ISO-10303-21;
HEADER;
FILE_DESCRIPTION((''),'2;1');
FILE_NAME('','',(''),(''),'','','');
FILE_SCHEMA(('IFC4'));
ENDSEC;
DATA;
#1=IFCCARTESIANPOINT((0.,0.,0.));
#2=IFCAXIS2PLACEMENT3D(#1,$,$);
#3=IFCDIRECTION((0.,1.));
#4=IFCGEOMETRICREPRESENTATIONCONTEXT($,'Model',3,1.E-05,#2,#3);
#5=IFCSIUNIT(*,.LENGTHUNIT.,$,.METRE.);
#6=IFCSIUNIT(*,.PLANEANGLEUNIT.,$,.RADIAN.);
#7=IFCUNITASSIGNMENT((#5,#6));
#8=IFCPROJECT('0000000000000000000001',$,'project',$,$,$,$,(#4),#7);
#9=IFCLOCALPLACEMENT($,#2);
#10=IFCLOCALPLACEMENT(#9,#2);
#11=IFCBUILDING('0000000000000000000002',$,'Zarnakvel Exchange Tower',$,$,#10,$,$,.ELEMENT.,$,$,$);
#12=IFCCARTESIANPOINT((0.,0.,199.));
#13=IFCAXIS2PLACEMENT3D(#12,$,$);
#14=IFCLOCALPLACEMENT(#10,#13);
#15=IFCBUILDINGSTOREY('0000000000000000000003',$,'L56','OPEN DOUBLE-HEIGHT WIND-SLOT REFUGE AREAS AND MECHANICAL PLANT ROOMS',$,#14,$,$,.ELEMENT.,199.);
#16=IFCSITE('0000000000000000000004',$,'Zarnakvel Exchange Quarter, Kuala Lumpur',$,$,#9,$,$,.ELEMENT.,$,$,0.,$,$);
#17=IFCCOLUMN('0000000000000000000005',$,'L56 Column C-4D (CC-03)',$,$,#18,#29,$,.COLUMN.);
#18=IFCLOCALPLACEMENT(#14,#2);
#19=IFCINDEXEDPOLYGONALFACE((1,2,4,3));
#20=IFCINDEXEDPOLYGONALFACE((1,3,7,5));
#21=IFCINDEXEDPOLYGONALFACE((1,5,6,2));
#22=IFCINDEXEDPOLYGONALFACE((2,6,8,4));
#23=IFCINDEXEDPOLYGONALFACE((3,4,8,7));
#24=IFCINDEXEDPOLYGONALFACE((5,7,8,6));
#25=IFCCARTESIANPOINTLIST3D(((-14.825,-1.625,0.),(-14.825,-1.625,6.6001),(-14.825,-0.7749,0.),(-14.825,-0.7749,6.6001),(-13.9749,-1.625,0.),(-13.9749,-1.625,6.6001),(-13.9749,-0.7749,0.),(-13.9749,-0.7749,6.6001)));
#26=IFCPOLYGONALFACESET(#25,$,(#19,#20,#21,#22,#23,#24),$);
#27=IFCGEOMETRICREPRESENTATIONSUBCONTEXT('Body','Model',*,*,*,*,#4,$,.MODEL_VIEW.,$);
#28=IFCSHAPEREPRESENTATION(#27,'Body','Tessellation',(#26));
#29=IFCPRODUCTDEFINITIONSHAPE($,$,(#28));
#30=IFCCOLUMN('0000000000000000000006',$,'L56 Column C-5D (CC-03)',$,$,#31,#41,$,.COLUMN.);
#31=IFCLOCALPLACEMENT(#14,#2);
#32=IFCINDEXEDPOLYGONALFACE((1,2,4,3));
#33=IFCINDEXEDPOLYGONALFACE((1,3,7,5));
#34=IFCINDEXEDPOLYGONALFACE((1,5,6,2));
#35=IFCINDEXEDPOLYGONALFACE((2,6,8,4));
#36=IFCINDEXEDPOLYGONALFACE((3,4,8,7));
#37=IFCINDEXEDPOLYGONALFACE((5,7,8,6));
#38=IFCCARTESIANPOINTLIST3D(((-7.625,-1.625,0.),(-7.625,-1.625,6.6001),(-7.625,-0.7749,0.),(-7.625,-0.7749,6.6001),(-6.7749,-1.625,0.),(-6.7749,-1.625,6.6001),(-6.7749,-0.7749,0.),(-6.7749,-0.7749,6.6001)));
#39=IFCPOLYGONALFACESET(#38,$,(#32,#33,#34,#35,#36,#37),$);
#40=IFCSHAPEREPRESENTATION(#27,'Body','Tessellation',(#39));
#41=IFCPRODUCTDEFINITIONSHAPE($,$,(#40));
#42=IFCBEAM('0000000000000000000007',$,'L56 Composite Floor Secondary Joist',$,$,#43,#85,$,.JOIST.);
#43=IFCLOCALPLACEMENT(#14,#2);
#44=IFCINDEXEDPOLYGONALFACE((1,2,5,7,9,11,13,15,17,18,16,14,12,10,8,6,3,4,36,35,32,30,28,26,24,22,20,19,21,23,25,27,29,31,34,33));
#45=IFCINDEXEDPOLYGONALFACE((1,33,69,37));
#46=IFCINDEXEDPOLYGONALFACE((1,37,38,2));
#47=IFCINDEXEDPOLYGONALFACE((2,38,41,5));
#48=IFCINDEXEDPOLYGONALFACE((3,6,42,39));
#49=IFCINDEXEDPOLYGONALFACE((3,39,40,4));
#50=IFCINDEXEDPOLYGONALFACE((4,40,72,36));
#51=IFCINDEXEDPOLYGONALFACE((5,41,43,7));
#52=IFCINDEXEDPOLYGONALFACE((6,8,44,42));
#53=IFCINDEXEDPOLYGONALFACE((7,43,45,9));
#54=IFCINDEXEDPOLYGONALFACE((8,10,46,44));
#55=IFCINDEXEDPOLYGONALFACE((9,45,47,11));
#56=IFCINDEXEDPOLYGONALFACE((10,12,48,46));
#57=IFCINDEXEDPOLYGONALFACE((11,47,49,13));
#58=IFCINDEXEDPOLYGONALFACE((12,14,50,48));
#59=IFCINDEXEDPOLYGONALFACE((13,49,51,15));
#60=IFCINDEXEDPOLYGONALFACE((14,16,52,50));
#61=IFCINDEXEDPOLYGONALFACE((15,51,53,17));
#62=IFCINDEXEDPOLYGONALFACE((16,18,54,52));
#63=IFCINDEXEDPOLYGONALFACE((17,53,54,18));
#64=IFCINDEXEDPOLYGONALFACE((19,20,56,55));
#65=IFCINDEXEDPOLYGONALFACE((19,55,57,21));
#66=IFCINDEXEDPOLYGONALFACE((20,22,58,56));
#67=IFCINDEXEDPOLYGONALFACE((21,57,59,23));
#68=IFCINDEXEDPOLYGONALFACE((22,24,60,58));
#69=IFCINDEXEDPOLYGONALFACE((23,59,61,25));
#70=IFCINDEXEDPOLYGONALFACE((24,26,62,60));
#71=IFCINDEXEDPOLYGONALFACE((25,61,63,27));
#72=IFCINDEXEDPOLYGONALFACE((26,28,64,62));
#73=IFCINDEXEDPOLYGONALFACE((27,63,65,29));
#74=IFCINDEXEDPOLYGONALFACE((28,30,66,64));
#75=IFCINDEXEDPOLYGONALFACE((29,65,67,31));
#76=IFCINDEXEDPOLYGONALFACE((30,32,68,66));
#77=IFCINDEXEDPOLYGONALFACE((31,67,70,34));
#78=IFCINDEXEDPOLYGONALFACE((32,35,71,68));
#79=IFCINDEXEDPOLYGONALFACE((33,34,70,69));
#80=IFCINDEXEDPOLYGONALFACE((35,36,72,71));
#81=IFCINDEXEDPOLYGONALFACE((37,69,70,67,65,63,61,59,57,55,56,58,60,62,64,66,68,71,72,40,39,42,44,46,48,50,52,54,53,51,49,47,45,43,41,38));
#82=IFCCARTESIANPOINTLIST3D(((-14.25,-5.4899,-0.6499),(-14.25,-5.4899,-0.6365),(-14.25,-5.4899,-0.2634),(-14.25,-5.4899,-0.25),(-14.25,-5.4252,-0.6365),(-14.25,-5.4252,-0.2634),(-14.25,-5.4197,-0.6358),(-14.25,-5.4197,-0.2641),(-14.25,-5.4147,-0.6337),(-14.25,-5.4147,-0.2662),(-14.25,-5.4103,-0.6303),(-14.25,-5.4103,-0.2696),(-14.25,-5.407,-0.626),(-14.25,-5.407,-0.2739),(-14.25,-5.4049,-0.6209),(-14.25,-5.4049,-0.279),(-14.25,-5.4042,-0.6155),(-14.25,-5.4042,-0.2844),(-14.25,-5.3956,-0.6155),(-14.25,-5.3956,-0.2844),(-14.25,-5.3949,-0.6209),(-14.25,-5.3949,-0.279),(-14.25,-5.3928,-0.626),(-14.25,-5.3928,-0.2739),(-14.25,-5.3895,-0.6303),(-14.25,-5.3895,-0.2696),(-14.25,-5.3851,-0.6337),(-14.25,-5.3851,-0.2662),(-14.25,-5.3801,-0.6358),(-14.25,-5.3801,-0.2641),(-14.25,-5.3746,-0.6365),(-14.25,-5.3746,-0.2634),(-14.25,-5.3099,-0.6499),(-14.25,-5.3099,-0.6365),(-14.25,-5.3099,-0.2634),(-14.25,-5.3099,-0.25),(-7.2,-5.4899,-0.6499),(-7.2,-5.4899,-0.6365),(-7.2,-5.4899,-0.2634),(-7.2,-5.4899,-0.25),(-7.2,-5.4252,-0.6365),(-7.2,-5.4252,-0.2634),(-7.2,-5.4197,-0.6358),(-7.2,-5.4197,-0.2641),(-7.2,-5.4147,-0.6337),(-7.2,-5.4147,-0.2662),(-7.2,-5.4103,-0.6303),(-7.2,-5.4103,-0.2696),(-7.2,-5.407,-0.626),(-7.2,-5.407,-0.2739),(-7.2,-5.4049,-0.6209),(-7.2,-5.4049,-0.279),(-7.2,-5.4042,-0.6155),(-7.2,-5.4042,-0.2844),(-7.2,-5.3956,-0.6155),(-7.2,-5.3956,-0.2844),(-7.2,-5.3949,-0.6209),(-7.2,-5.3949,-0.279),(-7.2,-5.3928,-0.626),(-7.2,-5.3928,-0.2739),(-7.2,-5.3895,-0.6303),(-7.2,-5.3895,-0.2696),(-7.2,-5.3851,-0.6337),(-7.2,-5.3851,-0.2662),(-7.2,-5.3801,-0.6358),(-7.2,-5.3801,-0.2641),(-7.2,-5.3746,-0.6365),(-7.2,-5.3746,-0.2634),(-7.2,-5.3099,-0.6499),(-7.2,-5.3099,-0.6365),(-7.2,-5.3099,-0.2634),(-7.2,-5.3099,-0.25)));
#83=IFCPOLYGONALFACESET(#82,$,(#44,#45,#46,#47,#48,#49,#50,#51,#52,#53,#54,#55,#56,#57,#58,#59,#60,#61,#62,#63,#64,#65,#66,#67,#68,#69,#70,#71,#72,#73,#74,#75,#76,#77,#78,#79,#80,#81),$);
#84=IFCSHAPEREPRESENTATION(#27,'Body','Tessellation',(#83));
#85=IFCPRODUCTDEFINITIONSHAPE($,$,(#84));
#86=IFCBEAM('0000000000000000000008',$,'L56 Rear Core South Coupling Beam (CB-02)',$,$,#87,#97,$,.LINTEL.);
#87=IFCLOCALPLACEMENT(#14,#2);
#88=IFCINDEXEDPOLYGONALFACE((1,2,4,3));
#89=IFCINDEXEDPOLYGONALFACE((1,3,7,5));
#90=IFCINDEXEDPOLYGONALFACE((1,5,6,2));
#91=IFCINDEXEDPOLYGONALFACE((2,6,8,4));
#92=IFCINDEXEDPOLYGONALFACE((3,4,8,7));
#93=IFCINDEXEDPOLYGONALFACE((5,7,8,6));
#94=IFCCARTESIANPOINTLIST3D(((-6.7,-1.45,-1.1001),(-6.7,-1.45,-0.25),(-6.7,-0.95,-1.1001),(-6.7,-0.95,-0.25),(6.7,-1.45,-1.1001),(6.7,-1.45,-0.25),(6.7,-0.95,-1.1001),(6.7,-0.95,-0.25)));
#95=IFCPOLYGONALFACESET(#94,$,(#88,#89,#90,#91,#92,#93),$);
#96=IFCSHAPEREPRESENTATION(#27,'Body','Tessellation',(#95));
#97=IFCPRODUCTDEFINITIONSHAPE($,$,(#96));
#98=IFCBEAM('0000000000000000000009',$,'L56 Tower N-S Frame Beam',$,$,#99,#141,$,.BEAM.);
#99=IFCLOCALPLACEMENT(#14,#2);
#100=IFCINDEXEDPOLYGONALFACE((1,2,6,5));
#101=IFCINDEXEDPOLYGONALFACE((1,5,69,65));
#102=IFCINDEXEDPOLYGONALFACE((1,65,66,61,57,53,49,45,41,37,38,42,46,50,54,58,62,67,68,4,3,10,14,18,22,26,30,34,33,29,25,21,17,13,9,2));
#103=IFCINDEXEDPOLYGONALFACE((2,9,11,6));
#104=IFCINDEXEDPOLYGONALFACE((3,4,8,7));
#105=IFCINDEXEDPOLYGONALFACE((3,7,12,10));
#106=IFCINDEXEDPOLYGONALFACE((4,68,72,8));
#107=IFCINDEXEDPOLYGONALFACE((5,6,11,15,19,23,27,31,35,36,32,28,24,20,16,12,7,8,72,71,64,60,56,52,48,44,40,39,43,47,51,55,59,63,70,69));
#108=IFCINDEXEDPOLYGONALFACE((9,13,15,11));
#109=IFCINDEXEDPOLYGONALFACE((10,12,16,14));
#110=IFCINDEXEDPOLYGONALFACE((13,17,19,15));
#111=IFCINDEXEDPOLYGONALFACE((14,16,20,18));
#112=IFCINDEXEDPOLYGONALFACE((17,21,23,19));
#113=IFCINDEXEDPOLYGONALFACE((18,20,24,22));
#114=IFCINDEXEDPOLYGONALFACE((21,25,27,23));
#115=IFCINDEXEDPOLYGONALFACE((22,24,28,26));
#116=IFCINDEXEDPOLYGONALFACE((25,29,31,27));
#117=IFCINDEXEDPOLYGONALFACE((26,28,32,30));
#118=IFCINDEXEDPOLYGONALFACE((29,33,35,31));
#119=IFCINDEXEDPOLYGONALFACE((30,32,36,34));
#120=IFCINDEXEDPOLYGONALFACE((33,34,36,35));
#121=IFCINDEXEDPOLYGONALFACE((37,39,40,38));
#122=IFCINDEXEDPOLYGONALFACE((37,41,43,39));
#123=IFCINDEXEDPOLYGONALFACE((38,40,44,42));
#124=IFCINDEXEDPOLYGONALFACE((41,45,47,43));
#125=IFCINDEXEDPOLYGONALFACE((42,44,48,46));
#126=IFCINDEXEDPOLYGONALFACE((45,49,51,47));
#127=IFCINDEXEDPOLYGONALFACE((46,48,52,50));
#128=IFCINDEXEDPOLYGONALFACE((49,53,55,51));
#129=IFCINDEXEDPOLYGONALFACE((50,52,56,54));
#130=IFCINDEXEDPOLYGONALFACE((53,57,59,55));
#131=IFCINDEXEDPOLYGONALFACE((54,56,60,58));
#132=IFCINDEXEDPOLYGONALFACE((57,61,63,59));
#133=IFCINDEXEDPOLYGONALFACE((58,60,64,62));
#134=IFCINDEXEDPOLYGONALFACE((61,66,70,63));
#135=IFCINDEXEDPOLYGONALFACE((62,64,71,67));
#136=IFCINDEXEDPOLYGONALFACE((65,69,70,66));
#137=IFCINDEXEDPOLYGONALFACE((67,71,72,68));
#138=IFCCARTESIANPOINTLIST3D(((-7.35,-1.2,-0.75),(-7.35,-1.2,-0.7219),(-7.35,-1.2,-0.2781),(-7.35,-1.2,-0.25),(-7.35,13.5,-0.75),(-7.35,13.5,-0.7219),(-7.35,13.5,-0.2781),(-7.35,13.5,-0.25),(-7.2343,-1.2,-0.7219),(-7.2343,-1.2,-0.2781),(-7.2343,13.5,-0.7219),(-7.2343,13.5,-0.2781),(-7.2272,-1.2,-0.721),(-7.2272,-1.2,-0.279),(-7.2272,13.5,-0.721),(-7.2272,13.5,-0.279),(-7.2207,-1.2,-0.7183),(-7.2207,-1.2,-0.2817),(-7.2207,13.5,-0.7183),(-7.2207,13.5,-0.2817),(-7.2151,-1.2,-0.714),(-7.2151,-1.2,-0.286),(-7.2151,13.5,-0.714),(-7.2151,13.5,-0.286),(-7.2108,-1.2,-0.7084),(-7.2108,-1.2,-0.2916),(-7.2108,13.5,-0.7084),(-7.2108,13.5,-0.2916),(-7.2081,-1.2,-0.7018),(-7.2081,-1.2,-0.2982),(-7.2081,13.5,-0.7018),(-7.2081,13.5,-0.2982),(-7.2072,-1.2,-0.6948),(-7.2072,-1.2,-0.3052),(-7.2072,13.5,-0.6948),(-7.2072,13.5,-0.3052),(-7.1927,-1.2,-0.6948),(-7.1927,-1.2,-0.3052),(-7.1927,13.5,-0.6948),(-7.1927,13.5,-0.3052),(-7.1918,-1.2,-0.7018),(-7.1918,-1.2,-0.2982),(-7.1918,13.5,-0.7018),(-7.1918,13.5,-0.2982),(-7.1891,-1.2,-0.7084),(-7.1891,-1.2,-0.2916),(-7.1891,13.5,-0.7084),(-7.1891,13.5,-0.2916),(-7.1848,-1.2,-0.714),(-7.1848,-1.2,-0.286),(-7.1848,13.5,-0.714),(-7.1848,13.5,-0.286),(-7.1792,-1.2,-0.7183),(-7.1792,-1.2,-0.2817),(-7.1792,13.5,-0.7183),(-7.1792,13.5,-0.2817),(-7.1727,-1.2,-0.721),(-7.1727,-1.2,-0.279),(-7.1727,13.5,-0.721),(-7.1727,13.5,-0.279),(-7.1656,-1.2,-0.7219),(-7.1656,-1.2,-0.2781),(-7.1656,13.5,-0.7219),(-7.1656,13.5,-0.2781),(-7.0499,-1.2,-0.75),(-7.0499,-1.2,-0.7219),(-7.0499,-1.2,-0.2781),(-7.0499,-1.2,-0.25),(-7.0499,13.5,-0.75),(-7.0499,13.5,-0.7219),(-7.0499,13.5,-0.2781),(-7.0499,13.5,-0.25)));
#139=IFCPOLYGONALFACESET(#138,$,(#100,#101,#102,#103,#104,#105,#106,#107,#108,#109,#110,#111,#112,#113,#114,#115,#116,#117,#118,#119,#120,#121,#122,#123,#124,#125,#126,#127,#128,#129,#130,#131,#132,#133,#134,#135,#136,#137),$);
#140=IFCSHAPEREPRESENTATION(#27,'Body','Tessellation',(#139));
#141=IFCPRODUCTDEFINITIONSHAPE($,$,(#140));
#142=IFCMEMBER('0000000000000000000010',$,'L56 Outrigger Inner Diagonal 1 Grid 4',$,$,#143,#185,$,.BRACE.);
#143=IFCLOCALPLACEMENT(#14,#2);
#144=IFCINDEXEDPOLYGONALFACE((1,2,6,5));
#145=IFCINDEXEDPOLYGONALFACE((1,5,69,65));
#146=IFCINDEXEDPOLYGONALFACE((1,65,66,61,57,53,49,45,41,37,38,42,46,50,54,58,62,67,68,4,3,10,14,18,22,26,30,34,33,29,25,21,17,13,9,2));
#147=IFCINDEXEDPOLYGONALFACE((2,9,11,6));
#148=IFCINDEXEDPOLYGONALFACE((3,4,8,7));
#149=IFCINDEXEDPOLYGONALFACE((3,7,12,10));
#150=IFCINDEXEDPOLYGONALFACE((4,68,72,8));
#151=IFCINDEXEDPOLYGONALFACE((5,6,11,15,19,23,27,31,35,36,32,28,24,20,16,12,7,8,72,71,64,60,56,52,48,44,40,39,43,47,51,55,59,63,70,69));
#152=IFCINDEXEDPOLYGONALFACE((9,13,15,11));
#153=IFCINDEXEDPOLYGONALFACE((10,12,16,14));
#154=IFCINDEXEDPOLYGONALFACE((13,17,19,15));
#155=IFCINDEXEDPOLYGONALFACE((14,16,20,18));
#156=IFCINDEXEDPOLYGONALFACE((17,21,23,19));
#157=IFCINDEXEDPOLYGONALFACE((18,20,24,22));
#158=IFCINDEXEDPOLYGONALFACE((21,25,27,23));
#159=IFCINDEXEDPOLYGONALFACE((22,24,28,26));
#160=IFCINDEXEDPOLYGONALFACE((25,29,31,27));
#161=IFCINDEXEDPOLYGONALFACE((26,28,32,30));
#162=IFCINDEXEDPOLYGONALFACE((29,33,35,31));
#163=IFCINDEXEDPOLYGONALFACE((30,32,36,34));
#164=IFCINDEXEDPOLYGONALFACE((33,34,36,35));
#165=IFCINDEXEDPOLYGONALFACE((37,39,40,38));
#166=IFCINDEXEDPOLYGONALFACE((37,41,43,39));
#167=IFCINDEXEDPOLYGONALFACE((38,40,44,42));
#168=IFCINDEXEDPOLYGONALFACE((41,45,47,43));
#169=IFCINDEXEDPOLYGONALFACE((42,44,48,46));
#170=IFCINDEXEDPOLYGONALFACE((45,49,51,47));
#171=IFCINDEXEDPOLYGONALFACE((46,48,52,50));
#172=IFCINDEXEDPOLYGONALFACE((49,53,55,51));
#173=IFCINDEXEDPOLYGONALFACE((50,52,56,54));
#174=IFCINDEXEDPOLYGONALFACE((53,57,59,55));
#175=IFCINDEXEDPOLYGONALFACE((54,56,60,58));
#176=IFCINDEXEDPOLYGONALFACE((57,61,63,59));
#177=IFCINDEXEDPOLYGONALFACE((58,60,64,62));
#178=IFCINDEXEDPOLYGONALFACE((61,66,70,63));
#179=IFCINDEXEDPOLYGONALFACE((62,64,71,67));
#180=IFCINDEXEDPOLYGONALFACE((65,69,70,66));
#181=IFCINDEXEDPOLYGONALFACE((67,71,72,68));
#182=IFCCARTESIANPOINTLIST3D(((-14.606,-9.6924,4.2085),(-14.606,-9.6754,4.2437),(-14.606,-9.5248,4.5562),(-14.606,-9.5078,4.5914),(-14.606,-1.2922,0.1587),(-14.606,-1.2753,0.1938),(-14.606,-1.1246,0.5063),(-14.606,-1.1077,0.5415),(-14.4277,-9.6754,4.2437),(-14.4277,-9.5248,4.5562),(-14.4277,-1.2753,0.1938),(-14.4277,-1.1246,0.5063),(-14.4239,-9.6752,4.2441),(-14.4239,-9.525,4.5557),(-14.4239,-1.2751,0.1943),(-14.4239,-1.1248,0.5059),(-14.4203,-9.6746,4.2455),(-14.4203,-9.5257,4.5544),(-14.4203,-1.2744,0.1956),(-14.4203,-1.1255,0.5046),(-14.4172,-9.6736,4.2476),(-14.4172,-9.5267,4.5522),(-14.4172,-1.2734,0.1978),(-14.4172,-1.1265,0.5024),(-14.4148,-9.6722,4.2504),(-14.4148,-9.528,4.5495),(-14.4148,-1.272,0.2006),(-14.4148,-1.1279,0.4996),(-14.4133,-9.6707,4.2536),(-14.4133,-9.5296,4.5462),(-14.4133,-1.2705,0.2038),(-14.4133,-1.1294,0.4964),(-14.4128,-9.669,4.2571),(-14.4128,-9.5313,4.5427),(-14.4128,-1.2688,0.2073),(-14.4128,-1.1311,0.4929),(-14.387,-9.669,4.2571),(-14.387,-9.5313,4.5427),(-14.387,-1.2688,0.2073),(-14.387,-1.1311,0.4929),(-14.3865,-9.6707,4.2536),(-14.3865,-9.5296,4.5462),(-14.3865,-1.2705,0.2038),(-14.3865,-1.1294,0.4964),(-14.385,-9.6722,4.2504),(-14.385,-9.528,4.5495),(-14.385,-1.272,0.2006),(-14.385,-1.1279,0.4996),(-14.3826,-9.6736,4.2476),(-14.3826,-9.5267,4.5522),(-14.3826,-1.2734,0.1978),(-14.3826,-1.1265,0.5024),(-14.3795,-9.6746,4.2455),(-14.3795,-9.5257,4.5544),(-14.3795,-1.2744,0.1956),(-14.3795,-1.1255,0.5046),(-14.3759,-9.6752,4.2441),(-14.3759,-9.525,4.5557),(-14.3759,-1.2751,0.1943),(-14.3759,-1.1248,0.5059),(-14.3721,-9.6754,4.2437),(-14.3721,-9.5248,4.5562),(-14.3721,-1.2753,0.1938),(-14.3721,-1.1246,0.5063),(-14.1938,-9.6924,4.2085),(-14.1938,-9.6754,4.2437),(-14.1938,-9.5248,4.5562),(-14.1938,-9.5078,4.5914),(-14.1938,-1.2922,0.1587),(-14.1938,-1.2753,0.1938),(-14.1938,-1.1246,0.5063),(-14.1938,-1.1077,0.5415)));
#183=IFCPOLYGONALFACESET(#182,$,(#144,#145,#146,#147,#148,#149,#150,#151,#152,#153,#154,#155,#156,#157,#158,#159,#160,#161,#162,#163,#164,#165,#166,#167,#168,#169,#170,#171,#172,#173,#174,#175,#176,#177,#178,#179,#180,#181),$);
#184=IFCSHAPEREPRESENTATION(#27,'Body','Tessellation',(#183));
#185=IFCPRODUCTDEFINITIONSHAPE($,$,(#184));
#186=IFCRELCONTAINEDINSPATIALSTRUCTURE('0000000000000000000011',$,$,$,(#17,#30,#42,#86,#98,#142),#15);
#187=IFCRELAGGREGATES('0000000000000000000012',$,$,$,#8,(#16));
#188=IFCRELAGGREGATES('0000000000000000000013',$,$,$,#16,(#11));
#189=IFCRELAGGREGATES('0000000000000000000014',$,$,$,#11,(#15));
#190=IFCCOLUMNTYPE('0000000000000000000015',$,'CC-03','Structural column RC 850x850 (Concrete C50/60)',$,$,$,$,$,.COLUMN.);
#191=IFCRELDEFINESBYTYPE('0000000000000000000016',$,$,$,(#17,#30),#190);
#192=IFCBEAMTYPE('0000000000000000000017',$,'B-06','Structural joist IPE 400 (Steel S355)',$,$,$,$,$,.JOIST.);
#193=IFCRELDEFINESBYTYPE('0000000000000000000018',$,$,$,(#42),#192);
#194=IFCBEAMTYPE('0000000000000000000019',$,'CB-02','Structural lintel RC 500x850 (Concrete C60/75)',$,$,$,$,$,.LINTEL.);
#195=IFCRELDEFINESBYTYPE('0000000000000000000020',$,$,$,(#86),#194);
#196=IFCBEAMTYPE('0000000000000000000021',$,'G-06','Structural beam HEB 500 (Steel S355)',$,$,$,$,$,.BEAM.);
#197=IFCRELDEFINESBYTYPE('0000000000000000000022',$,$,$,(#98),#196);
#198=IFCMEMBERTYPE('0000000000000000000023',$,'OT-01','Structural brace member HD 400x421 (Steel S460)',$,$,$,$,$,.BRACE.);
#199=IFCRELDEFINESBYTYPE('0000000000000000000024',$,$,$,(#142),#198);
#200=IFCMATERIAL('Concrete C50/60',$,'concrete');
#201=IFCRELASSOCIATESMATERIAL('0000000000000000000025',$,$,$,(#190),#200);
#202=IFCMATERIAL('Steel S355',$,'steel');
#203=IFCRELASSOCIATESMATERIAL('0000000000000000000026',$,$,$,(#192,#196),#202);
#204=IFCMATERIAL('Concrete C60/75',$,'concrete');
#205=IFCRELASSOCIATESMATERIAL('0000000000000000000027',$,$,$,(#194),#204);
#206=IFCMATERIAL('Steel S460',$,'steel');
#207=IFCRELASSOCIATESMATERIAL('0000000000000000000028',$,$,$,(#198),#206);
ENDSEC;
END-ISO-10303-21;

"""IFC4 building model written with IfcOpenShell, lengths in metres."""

from ifc_helpers import new_model, si_unit, direction, frame, origin, origin_2d, place, context, subcontext, project, spatial, rectangle, i_section, extrude, source, transform, mapped, material, material_profile, profile_set, type_object, element, save


model = new_model("IFC4")

# Units and contexts
model_context = context("Model", 3, precision=1e-05, world=origin(), true_north=direction((0.0, 1.0)))
body_context = subcontext(model_context, "Body", "Model", "MODEL_VIEW")
ifc_project = project(units=[si_unit("LENGTHUNIT", "METRE"), si_unit("PLANEANGLEUNIT", "RADIAN")], contexts=[model_context])

# Site, building, storey
site_placement = place(None, origin())
site = spatial("IfcSite", under=ifc_project, at=site_placement, Name="Zarnakvel Exchange Quarter, Kuala Lumpur", CompositionType="ELEMENT", RefElevation=0.0)
building_placement = place(site_placement, origin())
building = spatial("IfcBuilding", under=site, at=building_placement, Name="Zarnakvel Exchange Tower", CompositionType="ELEMENT")
storey_placement = place(building_placement, frame((0.0, 0.0, 199.0)))
storey = spatial("IfcBuildingStorey", under=building, at=storey_placement, Name="L56", Description="OPEN DOUBLE-HEIGHT WIND-SLOT REFUGE AREAS AND MECHANICAL PLANT ROOMS", CompositionType="ELEMENT", Elevation=199.0)

# Columns
ifc_material_1 = material(Name="Concrete C50/60", Category="concrete")
ifc_material_profile_1 = material_profile(ifc_material_1, rectangle(XDim=0.8501, YDim=0.8501, at=origin_2d()))
ifc_profile_set_1 = profile_set([ifc_material_profile_1], Name="Concrete C50/60")
column_type = type_object("IfcColumnType", Name="CC-03", Description="Structural column RC 850x850 (Concrete C50/60)", PredefinedType="COLUMN", material=ifc_profile_set_1)
for number, where, z_axis, x_axis, name in (
    (1, (-14.3999, -1.2, 0.0), (0.0, 0.0, 1.0), (1.0, 0.0, 0.0), "L56 Column C-4D (CC-03)"),
    (2, (-7.2, -1.2, 0.0), (0.0, 0.0, 1.0), (1.0, 0.0, 0.0), "L56 Column C-5D (CC-03)"),
):
    element("IfcColumn", number, at=place(storey_placement, frame(where, z_axis=z_axis, x_axis=x_axis)), inside=storey, type_object=column_type, Name=name, PredefinedType="COLUMN", context=body_context, shape_type="SweptSolid", body=[
        extrude(rectangle(XDim=0.8501, YDim=0.8501, at=origin_2d()), origin(), (0.0, 0.0, 1.0), 6.6001),
    ])

# Beams
ifc_material_2 = material(Name="Steel S355", Category="steel")
ifc_material_profile_2 = material_profile(ifc_material_2, i_section(OverallWidth=0.1799, OverallDepth=0.3999, WebThickness=0.0085, FlangeThickness=0.0134, FilletRadius=0.021, at=origin_2d()))
ifc_profile_set_2 = profile_set([ifc_material_profile_2], Name="Steel S355")
beam_type_1 = type_object("IfcBeamType", Name="B-06", Description="Structural joist IPE 400 (Steel S355)", PredefinedType="JOIST", material=ifc_profile_set_2)
beam_1_placement = place(storey_placement, frame((-14.25, -5.3999, -0.45), z_axis=(1.0, 0.0, 0.0), x_axis=(0.0, 1.0, 0.0)))
element("IfcBeam", 3, at=beam_1_placement, inside=storey, type_object=beam_type_1, Name="L56 Composite Floor Secondary Joist", PredefinedType="JOIST", context=body_context, shape_type="SweptSolid", body=[
    extrude(i_section(OverallWidth=0.1799, OverallDepth=0.3999, WebThickness=0.0085, FlangeThickness=0.0134, FilletRadius=0.021, at=origin_2d()), origin(), (0.0, 0.0, 1.0), 7.05),
])
ifc_material_3 = material(Name="Concrete C60/75", Category="concrete")
ifc_material_profile_3 = material_profile(ifc_material_3, rectangle(XDim=0.5, YDim=0.8501, at=origin_2d()))
ifc_profile_set_3 = profile_set([ifc_material_profile_3], Name="Concrete C60/75")
beam_type_2 = type_object("IfcBeamType", Name="CB-02", Description="Structural lintel RC 500x850 (Concrete C60/75)", PredefinedType="LINTEL", material=ifc_profile_set_3)
beam_2_placement = place(storey_placement, frame((-6.7, -1.2, -0.675), z_axis=(1.0, 0.0, 0.0), x_axis=(0.0, 1.0, 0.0)))
element("IfcBeam", 4, at=beam_2_placement, inside=storey, type_object=beam_type_2, Name="L56 Rear Core South Coupling Beam (CB-02)", PredefinedType="LINTEL", context=body_context, shape_type="SweptSolid", body=[
    extrude(rectangle(XDim=0.5, YDim=0.8501, at=origin_2d()), origin(), (0.0, 0.0, 1.0), 13.3999),
])
ifc_material_profile_4 = material_profile(ifc_material_2, i_section(OverallWidth=0.3, OverallDepth=0.5, WebThickness=0.0144, FlangeThickness=0.0281, FilletRadius=0.0271, at=origin_2d()))
ifc_profile_set_4 = profile_set([ifc_material_profile_4], Name="Steel S355")
beam_type_3 = type_object("IfcBeamType", Name="G-06", Description="Structural beam HEB 500 (Steel S355)", PredefinedType="BEAM", material=ifc_profile_set_4)
beam_3_placement = place(storey_placement, frame((-7.2, -1.2, -0.5), z_axis=(0.0, 1.0, 0.0), x_axis=(-1.0, 0.0, 0.0)))
element("IfcBeam", 5, at=beam_3_placement, inside=storey, type_object=beam_type_3, Name="L56 Tower N-S Frame Beam", PredefinedType="BEAM", context=body_context, shape_type="SweptSolid", body=[
    extrude(i_section(OverallWidth=0.3, OverallDepth=0.5, WebThickness=0.0144, FlangeThickness=0.0281, FilletRadius=0.0271, at=origin_2d()), origin(), (0.0, 0.0, 1.0), 14.7),
])

# Member
ifc_material_4 = material(Name="Steel S460", Category="steel")
ifc_material_profile_5 = material_profile(ifc_material_4, i_section(OverallWidth=0.4121, OverallDepth=0.425, WebThickness=0.0259, FlangeThickness=0.0391, FilletRadius=0.0149, at=origin_2d()))
ifc_profile_set_5 = profile_set([ifc_material_profile_5], Name="Steel S460")
member_type_1 = type_object("IfcMemberType", Name="OT-01", Description="Structural brace member HD 400x421 (Steel S460)", PredefinedType="BRACE", material=ifc_profile_set_5)
shared_shape_1 = source(origin(), body_context, "Body", "SweptSolid", [
    extrude(i_section(OverallWidth=0.4121, OverallDepth=0.425, WebThickness=0.0259, FlangeThickness=0.0391, FilletRadius=0.0149, at=origin_2d()), origin(), (0.0, 0.0, 1.0), 9.3254),
])
for number, where, z_axis, x_axis, name in (
    (6, (-14.3999, -1.2, 0.3501), (0.0, -0.90078, 0.434276), (1.0, 0.0, 0.0), "L56 Outrigger Inner Diagonal 1 Grid 4"),
):
    element("IfcMember", number, at=place(storey_placement, frame(where, z_axis=z_axis, x_axis=x_axis)), inside=storey, type_object=member_type_1, Name=name, PredefinedType="BRACE", context=body_context, shape_type="MappedRepresentation", body=[
        mapped(shared_shape_1, transform((0.0, 0.0, 0.0), x_axis=(1.0, 0.0, 0.0), y_axis=(0.0, 1.0, 0.0), z_axis=(0.0, 0.0, 1.0), scale=1.0)),
    ])

save(model, "model.ifc")
